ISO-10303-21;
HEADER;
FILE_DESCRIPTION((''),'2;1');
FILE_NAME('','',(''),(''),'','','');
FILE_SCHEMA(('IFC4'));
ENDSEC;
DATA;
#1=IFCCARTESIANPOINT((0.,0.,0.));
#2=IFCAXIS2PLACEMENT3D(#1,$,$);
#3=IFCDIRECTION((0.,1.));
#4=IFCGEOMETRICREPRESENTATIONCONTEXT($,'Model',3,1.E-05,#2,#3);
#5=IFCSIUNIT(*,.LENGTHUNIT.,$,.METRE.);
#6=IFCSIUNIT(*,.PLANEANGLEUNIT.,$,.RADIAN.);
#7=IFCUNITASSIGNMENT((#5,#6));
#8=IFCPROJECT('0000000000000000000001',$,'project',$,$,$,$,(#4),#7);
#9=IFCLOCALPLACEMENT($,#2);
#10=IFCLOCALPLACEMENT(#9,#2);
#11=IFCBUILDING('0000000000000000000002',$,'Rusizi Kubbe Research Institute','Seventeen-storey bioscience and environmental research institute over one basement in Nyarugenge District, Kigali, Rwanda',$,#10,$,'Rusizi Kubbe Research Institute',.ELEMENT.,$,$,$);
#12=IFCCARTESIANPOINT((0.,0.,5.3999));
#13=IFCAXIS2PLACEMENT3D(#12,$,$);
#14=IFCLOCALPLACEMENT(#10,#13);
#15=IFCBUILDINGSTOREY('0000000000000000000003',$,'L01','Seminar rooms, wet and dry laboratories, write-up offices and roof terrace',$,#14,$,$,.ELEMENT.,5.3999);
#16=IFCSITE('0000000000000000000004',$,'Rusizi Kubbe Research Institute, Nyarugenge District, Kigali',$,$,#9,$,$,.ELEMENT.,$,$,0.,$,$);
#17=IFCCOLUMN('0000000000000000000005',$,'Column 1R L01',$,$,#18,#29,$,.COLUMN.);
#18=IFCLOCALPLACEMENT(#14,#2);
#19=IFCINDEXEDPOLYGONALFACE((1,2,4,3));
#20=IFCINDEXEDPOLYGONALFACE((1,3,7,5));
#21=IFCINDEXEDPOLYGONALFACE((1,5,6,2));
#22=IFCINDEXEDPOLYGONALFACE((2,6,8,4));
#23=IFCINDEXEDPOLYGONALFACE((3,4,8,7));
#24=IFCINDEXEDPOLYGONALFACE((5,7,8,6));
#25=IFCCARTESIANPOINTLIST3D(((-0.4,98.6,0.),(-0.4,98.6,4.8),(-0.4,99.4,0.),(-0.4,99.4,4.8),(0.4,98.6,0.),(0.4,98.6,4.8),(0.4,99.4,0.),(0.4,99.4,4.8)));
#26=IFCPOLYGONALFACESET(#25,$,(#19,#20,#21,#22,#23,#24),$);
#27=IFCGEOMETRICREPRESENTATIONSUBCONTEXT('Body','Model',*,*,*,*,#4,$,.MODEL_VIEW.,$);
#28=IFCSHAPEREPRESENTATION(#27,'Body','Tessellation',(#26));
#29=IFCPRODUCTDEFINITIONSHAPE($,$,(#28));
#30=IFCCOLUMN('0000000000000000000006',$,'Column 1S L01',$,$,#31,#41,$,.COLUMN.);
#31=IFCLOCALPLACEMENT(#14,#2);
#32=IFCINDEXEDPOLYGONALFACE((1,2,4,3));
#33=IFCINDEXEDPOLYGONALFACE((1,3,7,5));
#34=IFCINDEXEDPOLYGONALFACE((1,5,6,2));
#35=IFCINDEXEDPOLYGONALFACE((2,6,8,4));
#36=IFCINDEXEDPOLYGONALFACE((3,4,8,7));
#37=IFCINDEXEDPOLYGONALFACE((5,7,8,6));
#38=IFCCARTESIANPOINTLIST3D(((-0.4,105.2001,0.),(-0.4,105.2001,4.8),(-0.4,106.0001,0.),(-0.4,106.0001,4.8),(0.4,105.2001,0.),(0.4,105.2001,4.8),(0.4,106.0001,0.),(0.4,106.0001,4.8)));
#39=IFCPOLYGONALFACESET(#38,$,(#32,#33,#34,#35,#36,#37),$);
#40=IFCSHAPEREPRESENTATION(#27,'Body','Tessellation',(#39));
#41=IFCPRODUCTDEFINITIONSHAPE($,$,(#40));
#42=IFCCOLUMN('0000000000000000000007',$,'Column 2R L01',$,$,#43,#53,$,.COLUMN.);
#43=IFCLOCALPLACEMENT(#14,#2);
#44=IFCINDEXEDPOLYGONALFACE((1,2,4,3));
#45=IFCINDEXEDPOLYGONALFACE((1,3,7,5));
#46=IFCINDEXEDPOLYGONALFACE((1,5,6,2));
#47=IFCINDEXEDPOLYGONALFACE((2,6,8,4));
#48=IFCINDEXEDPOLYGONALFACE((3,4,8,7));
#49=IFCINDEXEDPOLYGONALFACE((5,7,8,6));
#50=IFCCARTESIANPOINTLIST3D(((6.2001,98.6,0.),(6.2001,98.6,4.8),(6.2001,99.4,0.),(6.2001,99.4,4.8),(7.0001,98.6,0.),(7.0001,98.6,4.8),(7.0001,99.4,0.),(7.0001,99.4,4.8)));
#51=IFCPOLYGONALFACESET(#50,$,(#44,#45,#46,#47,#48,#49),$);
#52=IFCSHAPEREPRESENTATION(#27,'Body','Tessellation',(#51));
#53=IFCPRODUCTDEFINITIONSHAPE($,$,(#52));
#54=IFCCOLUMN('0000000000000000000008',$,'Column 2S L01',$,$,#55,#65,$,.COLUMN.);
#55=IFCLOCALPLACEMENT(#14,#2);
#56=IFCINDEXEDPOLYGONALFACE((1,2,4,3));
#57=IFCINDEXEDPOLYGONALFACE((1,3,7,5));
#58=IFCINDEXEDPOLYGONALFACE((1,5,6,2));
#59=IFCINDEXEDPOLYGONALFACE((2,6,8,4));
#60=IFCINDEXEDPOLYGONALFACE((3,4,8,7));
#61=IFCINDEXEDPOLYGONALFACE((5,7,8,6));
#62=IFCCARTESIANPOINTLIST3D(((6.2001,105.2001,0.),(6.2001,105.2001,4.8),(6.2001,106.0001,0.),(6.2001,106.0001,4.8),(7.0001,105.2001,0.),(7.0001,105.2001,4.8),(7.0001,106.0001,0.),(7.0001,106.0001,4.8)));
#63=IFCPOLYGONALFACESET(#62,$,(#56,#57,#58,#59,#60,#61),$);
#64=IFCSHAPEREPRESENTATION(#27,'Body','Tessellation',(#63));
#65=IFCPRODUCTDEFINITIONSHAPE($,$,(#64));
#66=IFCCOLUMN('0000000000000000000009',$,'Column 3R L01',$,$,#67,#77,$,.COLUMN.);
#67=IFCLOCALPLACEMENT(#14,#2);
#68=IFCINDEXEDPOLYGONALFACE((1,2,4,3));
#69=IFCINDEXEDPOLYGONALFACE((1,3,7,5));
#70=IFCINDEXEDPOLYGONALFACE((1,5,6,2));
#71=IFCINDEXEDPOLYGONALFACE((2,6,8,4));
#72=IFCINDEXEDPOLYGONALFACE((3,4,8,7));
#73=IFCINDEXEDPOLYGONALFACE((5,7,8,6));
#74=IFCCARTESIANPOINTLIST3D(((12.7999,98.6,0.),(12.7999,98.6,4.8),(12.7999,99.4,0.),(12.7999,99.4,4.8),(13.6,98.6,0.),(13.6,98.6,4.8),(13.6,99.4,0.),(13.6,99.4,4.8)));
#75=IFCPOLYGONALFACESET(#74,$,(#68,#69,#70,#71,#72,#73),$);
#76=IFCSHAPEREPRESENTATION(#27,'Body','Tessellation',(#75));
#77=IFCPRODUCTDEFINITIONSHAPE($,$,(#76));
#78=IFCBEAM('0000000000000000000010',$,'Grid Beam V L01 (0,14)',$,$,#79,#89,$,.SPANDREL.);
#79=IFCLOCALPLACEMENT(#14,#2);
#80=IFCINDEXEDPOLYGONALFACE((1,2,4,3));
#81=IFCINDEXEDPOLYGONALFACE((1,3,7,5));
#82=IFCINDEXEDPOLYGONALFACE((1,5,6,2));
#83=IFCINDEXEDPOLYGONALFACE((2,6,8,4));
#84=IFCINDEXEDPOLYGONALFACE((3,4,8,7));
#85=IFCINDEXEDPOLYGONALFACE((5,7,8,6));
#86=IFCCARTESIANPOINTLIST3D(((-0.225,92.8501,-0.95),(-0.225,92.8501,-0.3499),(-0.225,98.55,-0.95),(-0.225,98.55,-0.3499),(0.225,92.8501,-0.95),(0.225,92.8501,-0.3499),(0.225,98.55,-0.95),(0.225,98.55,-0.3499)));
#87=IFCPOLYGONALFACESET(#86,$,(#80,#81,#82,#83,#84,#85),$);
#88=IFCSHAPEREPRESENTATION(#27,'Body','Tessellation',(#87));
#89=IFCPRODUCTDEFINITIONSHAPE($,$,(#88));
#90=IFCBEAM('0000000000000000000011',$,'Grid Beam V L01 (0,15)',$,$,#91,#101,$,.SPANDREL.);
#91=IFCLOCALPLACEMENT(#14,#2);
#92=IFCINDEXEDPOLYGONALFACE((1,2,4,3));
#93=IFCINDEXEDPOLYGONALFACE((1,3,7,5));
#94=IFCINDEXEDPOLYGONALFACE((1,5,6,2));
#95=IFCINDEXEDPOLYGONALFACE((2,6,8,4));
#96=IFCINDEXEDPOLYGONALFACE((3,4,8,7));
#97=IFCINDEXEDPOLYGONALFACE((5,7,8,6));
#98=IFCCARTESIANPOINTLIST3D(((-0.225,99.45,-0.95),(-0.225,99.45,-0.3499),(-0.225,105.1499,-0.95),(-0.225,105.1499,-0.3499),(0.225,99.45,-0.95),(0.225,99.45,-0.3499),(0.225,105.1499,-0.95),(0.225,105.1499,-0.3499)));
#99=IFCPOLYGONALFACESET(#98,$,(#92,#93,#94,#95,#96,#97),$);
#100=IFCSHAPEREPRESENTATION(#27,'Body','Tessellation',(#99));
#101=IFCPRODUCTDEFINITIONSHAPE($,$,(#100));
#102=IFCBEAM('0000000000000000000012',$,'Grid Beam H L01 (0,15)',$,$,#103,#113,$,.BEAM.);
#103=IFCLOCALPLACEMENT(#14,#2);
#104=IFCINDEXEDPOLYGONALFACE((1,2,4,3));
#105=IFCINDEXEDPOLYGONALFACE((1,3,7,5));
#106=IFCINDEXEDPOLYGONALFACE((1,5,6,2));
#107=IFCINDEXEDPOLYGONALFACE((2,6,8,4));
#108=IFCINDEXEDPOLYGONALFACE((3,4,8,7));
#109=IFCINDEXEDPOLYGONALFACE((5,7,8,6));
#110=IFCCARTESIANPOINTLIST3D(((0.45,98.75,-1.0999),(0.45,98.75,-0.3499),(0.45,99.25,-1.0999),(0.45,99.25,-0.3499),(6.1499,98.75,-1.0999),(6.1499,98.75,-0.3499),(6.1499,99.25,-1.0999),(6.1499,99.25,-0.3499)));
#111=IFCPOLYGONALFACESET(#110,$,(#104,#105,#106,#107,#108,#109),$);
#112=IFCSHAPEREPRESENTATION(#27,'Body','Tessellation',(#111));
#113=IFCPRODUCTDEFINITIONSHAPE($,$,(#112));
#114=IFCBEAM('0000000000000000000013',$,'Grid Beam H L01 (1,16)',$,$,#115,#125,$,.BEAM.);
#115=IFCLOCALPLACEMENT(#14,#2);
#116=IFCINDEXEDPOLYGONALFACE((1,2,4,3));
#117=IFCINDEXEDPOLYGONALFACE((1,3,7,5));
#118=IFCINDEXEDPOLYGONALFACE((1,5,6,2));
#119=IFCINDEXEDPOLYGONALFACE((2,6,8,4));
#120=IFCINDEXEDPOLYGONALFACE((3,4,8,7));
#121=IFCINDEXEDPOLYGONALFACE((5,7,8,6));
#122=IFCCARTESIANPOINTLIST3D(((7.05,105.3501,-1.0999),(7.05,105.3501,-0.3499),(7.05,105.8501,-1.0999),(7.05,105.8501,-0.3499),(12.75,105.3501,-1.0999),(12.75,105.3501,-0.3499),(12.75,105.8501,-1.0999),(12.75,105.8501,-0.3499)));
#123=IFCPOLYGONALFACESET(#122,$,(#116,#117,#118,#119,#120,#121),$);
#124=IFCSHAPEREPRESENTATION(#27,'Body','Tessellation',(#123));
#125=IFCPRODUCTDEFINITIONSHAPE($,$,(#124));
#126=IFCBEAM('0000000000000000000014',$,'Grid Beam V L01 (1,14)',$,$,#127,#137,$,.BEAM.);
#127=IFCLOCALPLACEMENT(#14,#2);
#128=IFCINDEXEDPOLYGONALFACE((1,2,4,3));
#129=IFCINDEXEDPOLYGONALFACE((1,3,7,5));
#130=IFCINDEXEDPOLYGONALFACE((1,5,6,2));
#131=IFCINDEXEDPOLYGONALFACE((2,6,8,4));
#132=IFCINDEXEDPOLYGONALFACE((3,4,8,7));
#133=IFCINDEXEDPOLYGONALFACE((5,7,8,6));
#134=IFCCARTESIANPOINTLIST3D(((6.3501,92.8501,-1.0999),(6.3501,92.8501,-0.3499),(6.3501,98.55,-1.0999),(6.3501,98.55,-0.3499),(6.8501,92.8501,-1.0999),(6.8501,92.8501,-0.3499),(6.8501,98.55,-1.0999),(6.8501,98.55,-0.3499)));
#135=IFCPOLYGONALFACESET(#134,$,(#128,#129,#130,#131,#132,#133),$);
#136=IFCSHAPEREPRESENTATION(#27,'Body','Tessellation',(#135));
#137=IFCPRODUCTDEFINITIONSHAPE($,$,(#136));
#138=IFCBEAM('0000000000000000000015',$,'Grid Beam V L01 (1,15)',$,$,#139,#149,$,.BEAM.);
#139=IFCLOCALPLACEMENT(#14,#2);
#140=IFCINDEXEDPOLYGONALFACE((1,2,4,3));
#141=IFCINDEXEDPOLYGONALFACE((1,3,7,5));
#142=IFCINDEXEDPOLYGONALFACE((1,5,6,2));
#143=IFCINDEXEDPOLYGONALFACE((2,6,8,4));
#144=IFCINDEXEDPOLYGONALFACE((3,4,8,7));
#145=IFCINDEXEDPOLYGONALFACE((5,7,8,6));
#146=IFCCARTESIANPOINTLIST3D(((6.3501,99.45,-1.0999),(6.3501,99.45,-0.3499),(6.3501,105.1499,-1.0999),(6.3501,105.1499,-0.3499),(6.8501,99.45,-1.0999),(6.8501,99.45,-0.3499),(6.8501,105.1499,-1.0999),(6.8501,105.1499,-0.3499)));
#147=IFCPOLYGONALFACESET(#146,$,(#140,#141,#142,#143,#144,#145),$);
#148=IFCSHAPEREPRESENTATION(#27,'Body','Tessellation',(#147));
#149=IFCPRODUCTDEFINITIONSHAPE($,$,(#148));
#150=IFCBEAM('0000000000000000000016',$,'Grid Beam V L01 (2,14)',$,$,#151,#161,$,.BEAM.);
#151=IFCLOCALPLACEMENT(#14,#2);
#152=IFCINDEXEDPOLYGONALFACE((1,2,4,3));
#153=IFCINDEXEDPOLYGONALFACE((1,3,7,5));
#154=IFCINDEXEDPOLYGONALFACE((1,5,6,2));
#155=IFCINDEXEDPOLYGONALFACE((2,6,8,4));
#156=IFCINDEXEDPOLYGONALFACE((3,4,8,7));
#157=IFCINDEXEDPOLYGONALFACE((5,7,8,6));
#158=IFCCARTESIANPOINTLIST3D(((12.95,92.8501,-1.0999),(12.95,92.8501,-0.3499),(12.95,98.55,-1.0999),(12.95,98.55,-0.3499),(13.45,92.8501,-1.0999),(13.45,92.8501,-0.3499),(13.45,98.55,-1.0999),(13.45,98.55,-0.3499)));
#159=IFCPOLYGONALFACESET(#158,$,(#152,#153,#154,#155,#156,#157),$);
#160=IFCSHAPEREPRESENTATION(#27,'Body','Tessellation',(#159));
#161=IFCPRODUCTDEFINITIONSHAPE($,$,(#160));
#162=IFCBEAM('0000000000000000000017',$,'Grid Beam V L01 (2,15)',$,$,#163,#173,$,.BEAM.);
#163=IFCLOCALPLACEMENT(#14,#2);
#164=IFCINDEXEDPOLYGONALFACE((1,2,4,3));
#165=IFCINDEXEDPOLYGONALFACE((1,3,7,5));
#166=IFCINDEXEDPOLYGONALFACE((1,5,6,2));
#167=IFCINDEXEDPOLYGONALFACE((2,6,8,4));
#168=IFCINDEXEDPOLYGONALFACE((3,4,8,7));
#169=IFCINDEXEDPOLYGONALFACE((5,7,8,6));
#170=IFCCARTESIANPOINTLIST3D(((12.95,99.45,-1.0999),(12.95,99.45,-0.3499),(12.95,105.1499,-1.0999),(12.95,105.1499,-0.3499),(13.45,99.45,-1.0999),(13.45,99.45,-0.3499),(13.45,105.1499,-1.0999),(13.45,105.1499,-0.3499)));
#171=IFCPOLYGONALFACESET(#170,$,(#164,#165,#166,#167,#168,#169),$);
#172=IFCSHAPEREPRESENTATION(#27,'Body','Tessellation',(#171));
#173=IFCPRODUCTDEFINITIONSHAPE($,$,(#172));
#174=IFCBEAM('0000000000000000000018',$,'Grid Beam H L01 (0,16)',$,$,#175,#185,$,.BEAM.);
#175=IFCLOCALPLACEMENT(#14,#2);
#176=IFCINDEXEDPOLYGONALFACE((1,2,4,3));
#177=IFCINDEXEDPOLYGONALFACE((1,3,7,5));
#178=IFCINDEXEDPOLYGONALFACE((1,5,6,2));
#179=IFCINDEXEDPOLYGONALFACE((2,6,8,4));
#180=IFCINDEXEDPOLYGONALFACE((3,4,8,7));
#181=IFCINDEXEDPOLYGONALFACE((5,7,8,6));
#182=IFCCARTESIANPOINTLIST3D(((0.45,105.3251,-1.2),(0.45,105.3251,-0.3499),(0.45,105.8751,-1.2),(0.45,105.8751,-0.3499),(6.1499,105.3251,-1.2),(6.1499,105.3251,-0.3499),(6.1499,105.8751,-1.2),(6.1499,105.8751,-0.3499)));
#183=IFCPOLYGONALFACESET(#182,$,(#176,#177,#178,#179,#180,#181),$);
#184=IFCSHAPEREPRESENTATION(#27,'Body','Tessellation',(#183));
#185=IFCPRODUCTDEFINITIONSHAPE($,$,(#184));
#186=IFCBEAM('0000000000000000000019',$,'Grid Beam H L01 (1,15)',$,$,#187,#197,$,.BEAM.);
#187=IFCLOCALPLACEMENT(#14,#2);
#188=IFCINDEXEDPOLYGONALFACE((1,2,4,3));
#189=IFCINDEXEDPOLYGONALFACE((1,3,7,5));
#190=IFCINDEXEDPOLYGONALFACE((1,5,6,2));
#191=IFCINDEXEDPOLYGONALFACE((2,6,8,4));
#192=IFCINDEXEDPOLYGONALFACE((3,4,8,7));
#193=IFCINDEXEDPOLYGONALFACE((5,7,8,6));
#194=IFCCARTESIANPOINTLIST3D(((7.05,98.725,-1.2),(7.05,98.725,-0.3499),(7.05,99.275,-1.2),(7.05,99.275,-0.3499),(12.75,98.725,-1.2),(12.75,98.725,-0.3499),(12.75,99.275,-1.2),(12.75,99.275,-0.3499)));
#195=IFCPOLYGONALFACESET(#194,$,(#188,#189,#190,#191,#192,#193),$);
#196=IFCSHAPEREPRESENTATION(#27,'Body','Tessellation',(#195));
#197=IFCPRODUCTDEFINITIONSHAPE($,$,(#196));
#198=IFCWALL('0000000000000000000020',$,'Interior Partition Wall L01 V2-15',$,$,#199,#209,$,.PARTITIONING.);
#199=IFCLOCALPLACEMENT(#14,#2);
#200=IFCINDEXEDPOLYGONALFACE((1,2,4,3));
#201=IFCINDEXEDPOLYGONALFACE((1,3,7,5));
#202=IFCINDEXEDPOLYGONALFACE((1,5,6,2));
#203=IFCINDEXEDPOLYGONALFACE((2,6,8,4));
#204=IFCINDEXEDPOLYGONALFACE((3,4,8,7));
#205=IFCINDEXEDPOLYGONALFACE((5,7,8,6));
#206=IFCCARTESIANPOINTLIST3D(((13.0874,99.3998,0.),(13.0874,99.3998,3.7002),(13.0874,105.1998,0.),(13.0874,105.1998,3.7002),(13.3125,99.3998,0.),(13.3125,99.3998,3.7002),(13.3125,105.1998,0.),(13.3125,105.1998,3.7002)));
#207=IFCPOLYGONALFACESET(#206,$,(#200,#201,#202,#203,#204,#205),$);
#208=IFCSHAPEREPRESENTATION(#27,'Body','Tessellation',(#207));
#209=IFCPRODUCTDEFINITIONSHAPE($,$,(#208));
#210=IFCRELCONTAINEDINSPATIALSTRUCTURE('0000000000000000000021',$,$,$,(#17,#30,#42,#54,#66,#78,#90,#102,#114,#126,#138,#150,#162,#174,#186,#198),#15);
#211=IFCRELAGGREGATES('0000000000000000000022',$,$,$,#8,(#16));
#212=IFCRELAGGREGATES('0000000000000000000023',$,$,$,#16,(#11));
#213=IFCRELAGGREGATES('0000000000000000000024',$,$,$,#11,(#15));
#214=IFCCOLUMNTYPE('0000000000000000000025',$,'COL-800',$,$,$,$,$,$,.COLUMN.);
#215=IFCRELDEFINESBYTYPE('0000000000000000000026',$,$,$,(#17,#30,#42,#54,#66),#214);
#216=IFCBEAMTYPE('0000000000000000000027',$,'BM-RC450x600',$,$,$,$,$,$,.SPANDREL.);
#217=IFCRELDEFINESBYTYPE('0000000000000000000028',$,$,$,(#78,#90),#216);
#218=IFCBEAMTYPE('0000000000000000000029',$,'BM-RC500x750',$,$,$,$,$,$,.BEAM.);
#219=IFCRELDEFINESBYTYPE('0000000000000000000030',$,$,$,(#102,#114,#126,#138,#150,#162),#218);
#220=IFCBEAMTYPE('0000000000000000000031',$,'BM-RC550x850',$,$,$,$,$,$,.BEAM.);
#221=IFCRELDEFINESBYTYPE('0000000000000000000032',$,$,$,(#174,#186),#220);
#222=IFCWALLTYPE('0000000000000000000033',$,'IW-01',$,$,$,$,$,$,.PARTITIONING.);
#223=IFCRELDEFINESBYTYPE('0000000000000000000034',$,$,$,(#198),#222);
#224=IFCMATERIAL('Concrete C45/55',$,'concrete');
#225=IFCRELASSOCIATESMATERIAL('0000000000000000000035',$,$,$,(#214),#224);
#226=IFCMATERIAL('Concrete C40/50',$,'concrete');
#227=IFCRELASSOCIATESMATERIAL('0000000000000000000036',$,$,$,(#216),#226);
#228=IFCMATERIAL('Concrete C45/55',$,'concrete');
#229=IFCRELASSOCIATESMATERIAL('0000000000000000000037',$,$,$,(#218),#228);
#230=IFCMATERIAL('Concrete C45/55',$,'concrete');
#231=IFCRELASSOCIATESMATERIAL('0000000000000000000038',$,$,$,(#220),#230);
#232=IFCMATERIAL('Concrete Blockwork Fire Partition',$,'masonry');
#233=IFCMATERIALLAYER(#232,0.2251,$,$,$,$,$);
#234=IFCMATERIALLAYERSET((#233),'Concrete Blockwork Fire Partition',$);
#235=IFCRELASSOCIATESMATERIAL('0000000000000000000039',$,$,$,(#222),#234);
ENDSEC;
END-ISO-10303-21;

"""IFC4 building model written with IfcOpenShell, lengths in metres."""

from ifc_helpers import new_model, si_unit, direction, frame, frame_2d, origin, origin_2d, place, context, subcontext, project, spatial, rectangle, extrude, material, layer, layer_set, material_profile, profile_set, type_object, element, save


model = new_model("IFC4")

# Units and contexts
model_context = context("Model", 3, precision=1e-05, world=origin(), true_north=direction((0.0, 1.0)))
body_context = subcontext(model_context, "Body", "Model", "MODEL_VIEW")
ifc_project = project(units=[si_unit("LENGTHUNIT", "METRE"), si_unit("PLANEANGLEUNIT", "RADIAN")], contexts=[model_context])

# Site, building, storey
site_placement = place(None, origin())
site = spatial("IfcSite", under=ifc_project, at=site_placement, Name="Rusizi Kubbe Research Institute, Nyarugenge District, Kigali", CompositionType="ELEMENT", RefElevation=0.0)
building_placement = place(site_placement, origin())
building = spatial("IfcBuilding", under=site, at=building_placement, Name="Rusizi Kubbe Research Institute", Description="Seventeen-storey bioscience and environmental research institute over one basement in Nyarugenge District, Kigali, Rwanda", LongName="Rusizi Kubbe Research Institute", CompositionType="ELEMENT")
storey_placement = place(building_placement, frame((0.0, 0.0, 5.3999)))
storey = spatial("IfcBuildingStorey", under=building, at=storey_placement, Name="L01", Description="Seminar rooms, wet and dry laboratories, write-up offices and roof terrace", CompositionType="ELEMENT", Elevation=5.3999)

# Columns
ifc_material_1 = material(Name="Concrete C45/55", Category="concrete")
ifc_material_profile_1 = material_profile(ifc_material_1, rectangle(XDim=0.8, YDim=0.8, at=origin_2d()), Name="RC800x800")
ifc_profile_set_1 = profile_set([ifc_material_profile_1], Name="Concrete C45/55")
column_type = type_object("IfcColumnType", Name="COL-800", PredefinedType="COLUMN", material=ifc_profile_set_1)
for number, where, z_axis, x_axis, name in (
    (1, (0.0, 99.0, 0.0), (0.0, 0.0, 1.0), (1.0, 0.0, 0.0), "Column 1R L01"),
    (2, (0.0, 105.6001, 0.0), (0.0, 0.0, 1.0), (1.0, 0.0, 0.0), "Column 1S L01"),
    (3, (6.6001, 99.0, 0.0), (0.0, 0.0, 1.0), (1.0, 0.0, 0.0), "Column 2R L01"),
    (4, (6.6001, 105.6001, 0.0), (0.0, 0.0, 1.0), (1.0, 0.0, 0.0), "Column 2S L01"),
    (5, (13.2, 99.0, 0.0), (0.0, 0.0, 1.0), (1.0, 0.0, 0.0), "Column 3R L01"),
):
    element("IfcColumn", number, at=place(storey_placement, frame(where, z_axis=z_axis, x_axis=x_axis)), inside=storey, type_object=column_type, Name=name, PredefinedType="COLUMN", context=body_context, shape_type="SweptSolid", body=[
        extrude(rectangle(XDim=0.8, YDim=0.8, at=origin_2d()), origin(), (0.0, 0.0, 1.0), 4.8),
    ])

# Beams
ifc_material_2 = material(Name="Concrete C40/50", Category="concrete")
ifc_material_profile_2 = material_profile(ifc_material_2, rectangle(XDim=0.45, YDim=0.6001, at=origin_2d()), Name="RC450x600")
ifc_profile_set_2 = profile_set([ifc_material_profile_2], Name="Concrete C40/50")
beam_type_1 = type_object("IfcBeamType", Name="BM-RC450x600", PredefinedType="SPANDREL", material=ifc_profile_set_2)
for number, where, z_axis, x_axis, name in (
    (6, (0.0, 92.8501, -0.6499), (0.0, 1.0, 0.0), (-1.0, 0.0, 0.0), "Grid Beam V L01 (0,14)"),
    (7, (0.0, 99.45, -0.6499), (0.0, 1.0, 0.0), (-1.0, 0.0, 0.0), "Grid Beam V L01 (0,15)"),
):
    element("IfcBeam", number, at=place(storey_placement, frame(where, z_axis=z_axis, x_axis=x_axis)), inside=storey, type_object=beam_type_1, Name=name, PredefinedType="SPANDREL", context=body_context, shape_type="SweptSolid", body=[
        extrude(rectangle(XDim=0.45, YDim=0.6001, at=origin_2d()), origin(), (0.0, 0.0, 1.0), 5.7),
    ])
ifc_material_3 = material(Name="Concrete C45/55", Category="concrete")
ifc_material_profile_3 = material_profile(ifc_material_3, rectangle(XDim=0.5, YDim=0.75, at=origin_2d()), Name="RC500x750B")
ifc_profile_set_3 = profile_set([ifc_material_profile_3], Name="Concrete C45/55")
beam_type_2 = type_object("IfcBeamType", Name="BM-RC500x750", PredefinedType="BEAM", material=ifc_profile_set_3)
for number, where, z_axis, x_axis, name in (
    (8, (0.45, 99.0, -0.7249), (1.0, 0.0, 0.0), (0.0, 1.0, 0.0), "Grid Beam H L01 (0,15)"),
    (9, (7.05, 105.6001, -0.7249), (1.0, 0.0, 0.0), (0.0, 1.0, 0.0), "Grid Beam H L01 (1,16)"),
    (10, (6.6001, 92.8501, -0.7249), (0.0, 1.0, 0.0), (-1.0, 0.0, 0.0), "Grid Beam V L01 (1,14)"),
    (11, (6.6001, 99.45, -0.7249), (0.0, 1.0, 0.0), (-1.0, 0.0, 0.0), "Grid Beam V L01 (1,15)"),
    (12, (13.2, 92.8501, -0.7249), (0.0, 1.0, 0.0), (-1.0, 0.0, 0.0), "Grid Beam V L01 (2,14)"),
    (13, (13.2, 99.45, -0.7249), (0.0, 1.0, 0.0), (-1.0, 0.0, 0.0), "Grid Beam V L01 (2,15)"),
):
    element("IfcBeam", number, at=place(storey_placement, frame(where, z_axis=z_axis, x_axis=x_axis)), inside=storey, type_object=beam_type_2, Name=name, PredefinedType="BEAM", context=body_context, shape_type="SweptSolid", body=[
        extrude(rectangle(XDim=0.5, YDim=0.75, at=origin_2d()), origin(), (0.0, 0.0, 1.0), 5.7),
    ])
ifc_material_4 = material(Name="Concrete C45/55", Category="concrete")
ifc_material_profile_4 = material_profile(ifc_material_4, rectangle(XDim=0.55, YDim=0.8501, at=origin_2d()), Name="RC550x850")
ifc_profile_set_4 = profile_set([ifc_material_profile_4], Name="Concrete C45/55")
beam_type_3 = type_object("IfcBeamType", Name="BM-RC550x850", PredefinedType="BEAM", material=ifc_profile_set_4)
for number, where, z_axis, x_axis, name in (
    (14, (0.45, 105.6001, -0.7749), (1.0, 0.0, 0.0), (0.0, 1.0, 0.0), "Grid Beam H L01 (0,16)"),
    (15, (7.05, 99.0, -0.7749), (1.0, 0.0, 0.0), (0.0, 1.0, 0.0), "Grid Beam H L01 (1,15)"),
):
    element("IfcBeam", number, at=place(storey_placement, frame(where, z_axis=z_axis, x_axis=x_axis)), inside=storey, type_object=beam_type_3, Name=name, PredefinedType="BEAM", context=body_context, shape_type="SweptSolid", body=[
        extrude(rectangle(XDim=0.55, YDim=0.8501, at=origin_2d()), origin(), (0.0, 0.0, 1.0), 5.7),
    ])

# Wall
ifc_material_5 = material(Name="Concrete Blockwork Fire Partition", Category="masonry")
ifc_layer_1 = layer(ifc_material_5, 0.2251)
ifc_layer_set_1 = layer_set([ifc_layer_1], Name="Concrete Blockwork Fire Partition")
wall_type_1 = type_object("IfcWallType", Name="IW-01", PredefinedType="PARTITIONING", material=ifc_layer_set_1)
wall_1_placement = place(storey_placement, frame((13.2, 99.3999, 0.0), z_axis=(0.0, 0.0, 1.0), x_axis=(0.0, 1.0, 0.0)))
element("IfcWall", 16, at=wall_1_placement, inside=storey, type_object=wall_type_1, Name="Interior Partition Wall L01 V2-15", PredefinedType="PARTITIONING", context=body_context, shape_type="SweptSolid", body=[
    extrude(rectangle(XDim=5.8, YDim=0.2251, at=frame_2d((2.8999, 0.0))), origin(), (0.0, 0.0, 1.0), 3.7002),
])

save(model, "model.ifc")
